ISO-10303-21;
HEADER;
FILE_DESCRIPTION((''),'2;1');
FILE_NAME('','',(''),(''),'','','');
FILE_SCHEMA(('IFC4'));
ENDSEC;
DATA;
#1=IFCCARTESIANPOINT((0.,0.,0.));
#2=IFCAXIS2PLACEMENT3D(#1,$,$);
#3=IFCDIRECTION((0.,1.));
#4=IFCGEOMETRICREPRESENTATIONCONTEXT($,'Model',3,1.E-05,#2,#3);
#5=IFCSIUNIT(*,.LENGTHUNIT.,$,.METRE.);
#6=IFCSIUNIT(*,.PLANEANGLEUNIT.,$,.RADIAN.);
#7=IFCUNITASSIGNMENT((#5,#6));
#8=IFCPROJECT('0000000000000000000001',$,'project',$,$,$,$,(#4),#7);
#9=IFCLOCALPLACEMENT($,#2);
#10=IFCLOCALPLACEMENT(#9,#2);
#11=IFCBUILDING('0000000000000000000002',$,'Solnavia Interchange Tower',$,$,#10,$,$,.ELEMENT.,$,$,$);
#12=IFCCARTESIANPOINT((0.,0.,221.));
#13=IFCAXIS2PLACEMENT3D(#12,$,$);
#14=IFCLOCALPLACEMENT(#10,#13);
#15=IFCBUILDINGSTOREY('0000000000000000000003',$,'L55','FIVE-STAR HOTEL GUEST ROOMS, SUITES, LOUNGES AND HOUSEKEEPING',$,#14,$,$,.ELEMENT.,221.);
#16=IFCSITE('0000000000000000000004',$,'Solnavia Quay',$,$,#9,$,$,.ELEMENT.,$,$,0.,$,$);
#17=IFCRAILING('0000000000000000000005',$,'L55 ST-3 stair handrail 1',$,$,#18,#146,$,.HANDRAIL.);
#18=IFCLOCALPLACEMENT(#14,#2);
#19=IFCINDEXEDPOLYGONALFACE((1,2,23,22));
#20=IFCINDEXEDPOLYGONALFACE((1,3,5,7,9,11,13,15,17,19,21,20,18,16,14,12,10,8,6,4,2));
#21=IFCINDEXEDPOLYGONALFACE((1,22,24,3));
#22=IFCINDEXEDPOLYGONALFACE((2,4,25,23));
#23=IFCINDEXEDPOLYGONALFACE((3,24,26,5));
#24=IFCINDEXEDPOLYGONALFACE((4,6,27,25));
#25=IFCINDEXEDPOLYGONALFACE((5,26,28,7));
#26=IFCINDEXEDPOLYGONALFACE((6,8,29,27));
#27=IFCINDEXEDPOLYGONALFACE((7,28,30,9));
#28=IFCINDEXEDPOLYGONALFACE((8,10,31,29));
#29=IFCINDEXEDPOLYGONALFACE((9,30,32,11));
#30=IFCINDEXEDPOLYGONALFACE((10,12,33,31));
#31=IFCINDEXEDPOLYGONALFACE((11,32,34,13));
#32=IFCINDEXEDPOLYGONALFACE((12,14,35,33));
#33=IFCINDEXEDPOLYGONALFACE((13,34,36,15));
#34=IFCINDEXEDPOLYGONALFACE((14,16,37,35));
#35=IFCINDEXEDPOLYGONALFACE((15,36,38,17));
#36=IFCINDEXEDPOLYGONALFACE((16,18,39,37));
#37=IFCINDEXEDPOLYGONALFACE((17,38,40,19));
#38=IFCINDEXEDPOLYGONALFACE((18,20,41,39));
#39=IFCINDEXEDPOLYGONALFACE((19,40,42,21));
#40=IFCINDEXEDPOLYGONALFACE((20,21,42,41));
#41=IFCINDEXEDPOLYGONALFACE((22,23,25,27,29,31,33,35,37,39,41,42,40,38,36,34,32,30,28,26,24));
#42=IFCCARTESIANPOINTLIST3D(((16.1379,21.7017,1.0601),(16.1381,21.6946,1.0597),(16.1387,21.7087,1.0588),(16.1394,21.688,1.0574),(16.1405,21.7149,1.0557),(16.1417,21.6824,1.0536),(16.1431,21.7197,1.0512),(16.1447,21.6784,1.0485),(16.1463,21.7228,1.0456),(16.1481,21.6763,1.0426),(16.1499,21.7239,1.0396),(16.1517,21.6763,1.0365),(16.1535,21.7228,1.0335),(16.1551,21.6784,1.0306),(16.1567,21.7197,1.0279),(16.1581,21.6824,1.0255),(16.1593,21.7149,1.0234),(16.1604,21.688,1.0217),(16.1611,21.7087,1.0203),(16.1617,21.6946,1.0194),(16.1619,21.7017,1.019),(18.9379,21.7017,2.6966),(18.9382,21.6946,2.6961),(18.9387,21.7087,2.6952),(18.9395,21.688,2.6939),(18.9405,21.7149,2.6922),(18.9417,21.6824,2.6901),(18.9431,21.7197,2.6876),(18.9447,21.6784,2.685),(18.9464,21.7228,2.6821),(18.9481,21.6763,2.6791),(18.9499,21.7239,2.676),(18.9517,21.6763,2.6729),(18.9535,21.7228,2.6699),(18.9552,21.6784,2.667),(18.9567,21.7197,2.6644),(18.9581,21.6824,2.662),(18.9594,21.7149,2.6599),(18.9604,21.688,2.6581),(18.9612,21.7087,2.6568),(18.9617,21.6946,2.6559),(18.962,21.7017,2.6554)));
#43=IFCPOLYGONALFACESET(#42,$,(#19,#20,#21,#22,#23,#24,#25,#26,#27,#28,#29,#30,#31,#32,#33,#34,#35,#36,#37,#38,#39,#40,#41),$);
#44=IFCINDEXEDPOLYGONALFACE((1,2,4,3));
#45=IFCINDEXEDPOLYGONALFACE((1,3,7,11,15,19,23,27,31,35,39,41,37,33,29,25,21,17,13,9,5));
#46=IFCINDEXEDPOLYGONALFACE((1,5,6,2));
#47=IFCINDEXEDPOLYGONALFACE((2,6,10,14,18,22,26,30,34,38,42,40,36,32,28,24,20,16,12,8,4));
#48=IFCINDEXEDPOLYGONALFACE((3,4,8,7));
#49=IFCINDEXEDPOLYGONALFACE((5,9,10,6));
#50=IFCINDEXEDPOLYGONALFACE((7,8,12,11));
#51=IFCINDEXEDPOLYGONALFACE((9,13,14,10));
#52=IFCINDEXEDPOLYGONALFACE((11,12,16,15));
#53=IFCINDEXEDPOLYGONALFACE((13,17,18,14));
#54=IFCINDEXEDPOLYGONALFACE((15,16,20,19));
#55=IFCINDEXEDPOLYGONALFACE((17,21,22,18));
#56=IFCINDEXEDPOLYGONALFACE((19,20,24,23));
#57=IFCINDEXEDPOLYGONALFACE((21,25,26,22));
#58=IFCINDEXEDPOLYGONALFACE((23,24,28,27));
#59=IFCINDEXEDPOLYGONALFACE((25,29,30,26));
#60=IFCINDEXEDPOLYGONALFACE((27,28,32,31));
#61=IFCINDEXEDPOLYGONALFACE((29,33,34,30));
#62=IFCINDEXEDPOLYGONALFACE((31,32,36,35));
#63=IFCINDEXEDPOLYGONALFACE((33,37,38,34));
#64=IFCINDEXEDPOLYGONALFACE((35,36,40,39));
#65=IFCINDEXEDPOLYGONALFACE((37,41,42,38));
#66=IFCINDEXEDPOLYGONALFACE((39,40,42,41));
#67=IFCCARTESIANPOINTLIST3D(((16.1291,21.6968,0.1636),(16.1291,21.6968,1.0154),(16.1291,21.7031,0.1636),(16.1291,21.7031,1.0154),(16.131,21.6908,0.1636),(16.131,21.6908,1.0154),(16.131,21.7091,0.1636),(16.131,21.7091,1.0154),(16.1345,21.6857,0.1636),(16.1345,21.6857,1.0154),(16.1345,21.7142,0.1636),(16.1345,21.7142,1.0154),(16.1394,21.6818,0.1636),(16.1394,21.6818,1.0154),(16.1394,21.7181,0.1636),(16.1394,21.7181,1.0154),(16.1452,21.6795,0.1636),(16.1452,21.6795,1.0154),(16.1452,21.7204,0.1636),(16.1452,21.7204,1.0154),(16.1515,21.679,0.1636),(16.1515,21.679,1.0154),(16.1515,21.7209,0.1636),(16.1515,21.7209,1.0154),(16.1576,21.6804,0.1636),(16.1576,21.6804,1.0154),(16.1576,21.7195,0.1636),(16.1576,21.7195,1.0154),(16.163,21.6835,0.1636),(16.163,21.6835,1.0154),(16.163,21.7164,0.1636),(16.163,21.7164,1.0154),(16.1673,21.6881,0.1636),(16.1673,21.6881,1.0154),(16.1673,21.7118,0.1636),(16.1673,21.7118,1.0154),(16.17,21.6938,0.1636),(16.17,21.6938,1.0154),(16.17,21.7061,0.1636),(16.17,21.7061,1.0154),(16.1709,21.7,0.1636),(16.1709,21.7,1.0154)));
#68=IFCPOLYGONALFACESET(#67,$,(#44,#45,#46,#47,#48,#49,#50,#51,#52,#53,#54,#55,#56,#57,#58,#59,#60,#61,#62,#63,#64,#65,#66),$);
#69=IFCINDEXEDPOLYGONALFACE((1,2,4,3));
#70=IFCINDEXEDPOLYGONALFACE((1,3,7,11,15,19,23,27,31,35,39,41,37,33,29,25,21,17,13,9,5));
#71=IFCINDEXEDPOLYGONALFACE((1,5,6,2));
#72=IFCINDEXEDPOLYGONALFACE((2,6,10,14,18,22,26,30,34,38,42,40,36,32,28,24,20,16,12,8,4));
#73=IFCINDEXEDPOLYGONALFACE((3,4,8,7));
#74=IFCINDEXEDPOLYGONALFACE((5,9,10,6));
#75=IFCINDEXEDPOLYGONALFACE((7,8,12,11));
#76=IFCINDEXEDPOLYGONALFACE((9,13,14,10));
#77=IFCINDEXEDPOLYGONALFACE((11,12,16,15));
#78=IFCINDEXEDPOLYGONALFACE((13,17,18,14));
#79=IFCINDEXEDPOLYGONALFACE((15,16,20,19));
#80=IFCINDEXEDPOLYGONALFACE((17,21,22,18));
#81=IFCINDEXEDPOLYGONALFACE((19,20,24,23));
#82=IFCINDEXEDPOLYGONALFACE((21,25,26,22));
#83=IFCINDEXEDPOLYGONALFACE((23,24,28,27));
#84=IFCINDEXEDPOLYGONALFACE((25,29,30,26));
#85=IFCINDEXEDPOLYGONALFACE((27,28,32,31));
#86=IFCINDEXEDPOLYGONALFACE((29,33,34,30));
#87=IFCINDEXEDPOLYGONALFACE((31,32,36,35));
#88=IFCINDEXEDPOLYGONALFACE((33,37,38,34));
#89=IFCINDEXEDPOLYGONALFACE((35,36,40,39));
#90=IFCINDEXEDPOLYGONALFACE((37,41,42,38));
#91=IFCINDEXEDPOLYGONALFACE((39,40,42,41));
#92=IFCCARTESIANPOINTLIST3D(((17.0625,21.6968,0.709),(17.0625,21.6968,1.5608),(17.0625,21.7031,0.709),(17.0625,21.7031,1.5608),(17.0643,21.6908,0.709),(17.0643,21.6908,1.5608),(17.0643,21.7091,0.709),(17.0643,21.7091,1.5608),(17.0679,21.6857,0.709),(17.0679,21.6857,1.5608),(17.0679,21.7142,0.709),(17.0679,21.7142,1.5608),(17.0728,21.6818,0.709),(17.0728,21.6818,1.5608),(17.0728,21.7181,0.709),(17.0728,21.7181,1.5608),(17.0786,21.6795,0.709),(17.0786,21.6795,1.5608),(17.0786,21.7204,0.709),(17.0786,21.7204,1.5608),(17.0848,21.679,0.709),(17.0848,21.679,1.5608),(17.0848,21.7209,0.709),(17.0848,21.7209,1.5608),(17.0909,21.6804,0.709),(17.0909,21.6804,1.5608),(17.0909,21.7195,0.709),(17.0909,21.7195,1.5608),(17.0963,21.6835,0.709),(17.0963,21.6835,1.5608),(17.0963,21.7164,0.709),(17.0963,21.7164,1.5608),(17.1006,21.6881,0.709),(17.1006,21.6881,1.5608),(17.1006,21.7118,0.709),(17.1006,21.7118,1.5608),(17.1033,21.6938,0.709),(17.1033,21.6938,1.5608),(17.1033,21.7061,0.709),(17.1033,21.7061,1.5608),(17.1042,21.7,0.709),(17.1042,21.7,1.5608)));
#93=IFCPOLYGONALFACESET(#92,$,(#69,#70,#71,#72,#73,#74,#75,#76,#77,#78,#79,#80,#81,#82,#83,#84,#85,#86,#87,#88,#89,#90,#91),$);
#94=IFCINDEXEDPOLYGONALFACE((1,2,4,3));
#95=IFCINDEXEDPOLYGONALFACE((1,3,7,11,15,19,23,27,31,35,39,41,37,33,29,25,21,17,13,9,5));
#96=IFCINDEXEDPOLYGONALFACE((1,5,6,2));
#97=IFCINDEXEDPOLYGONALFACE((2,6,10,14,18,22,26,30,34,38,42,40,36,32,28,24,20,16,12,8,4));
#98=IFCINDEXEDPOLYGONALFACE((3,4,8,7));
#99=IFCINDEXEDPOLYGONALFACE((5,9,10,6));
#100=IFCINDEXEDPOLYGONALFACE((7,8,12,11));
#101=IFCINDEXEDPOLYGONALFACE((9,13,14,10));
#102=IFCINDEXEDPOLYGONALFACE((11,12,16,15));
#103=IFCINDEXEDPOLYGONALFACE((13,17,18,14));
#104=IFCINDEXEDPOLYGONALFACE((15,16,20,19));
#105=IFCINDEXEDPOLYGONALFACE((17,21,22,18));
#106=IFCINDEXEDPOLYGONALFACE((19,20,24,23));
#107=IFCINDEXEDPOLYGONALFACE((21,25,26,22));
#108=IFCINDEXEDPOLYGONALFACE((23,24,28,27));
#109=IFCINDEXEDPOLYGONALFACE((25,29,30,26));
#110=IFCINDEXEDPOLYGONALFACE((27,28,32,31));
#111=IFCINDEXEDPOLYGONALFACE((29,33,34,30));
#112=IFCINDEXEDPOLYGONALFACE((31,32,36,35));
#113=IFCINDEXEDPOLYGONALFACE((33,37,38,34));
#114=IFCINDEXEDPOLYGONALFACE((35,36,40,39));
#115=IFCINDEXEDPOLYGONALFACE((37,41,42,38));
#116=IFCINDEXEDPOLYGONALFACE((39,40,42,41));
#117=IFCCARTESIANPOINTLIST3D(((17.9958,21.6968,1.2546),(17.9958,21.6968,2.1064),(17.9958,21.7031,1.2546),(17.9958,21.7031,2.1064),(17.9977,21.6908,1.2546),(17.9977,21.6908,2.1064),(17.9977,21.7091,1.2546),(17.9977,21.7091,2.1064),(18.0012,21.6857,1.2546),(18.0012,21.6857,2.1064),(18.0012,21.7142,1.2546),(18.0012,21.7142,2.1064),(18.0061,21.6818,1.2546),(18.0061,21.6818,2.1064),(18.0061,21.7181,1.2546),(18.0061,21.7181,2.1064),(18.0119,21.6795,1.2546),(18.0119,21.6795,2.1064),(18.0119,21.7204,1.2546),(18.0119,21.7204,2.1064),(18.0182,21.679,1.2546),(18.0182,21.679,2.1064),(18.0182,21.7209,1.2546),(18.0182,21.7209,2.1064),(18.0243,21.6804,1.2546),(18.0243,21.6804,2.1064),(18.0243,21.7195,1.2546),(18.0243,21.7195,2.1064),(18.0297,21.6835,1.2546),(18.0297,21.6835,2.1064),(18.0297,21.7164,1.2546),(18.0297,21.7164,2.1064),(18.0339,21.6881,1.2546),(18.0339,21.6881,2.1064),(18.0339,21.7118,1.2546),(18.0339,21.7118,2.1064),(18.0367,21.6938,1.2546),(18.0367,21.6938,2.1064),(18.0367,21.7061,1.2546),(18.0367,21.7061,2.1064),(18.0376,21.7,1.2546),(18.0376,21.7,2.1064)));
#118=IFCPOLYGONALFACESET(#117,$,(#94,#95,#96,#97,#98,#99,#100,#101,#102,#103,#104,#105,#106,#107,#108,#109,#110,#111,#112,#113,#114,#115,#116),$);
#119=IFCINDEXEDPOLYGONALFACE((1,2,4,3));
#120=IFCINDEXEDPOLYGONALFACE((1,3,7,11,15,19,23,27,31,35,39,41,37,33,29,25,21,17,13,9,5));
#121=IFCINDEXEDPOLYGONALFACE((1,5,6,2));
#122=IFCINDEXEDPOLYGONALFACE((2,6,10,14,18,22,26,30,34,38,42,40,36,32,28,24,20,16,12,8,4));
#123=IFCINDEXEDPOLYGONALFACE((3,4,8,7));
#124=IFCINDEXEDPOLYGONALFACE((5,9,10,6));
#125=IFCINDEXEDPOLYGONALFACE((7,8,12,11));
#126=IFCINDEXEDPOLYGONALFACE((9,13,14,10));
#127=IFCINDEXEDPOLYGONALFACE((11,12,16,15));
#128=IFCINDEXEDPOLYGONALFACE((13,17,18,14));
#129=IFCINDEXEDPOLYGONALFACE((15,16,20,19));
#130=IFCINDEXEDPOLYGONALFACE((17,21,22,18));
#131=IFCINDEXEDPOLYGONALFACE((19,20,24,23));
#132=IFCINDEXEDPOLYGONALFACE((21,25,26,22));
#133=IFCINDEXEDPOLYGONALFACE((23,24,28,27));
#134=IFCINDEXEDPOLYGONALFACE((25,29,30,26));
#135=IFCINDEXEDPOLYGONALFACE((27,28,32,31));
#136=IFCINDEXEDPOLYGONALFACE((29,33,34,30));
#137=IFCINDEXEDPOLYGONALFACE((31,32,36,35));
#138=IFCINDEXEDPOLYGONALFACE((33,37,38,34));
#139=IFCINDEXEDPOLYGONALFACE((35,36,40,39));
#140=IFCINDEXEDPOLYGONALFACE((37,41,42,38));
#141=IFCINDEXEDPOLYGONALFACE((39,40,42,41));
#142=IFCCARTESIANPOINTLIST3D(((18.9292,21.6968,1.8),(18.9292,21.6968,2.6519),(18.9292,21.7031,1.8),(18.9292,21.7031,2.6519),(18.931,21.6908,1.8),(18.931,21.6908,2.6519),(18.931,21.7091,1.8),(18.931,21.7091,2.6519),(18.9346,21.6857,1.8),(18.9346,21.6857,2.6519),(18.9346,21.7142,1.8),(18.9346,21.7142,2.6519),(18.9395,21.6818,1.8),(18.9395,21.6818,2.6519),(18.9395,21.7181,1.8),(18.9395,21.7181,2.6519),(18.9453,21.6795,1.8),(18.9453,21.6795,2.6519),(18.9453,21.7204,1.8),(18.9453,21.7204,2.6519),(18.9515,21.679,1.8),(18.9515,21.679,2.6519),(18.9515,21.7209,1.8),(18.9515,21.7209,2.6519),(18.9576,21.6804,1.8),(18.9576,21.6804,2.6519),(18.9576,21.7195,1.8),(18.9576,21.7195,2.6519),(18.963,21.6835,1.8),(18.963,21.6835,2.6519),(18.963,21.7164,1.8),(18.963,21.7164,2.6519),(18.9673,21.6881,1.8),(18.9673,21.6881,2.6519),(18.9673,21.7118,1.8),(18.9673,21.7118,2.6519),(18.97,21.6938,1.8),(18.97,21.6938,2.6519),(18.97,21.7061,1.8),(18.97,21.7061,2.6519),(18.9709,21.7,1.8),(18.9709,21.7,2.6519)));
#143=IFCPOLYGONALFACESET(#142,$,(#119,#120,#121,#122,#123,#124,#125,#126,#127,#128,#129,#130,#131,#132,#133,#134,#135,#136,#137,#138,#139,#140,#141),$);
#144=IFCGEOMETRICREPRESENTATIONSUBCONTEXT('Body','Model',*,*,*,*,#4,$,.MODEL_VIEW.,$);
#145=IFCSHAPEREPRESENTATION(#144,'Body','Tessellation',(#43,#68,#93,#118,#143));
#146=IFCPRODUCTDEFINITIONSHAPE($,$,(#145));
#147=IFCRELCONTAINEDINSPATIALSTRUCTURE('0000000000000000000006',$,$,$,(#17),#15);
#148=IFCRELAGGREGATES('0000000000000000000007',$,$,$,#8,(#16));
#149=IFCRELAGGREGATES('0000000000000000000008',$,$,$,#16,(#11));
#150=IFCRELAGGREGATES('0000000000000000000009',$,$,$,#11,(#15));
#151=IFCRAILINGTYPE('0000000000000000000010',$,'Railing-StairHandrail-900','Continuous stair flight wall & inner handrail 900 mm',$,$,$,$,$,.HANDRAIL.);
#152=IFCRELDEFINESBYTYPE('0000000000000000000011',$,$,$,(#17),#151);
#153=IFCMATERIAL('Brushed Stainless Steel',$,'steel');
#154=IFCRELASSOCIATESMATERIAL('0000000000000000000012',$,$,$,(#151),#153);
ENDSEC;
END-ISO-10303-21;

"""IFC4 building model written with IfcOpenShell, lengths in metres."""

from ifc_helpers import new_model, si_unit, direction, frame, origin, origin_2d, place, context, subcontext, project, spatial, circle, extrude, material, type_object, element, save


model = new_model("IFC4")

# Units and contexts
model_context = context("Model", 3, precision=1e-05, world=origin(), true_north=direction((0.0, 1.0)))
body_context = subcontext(model_context, "Body", "Model", "MODEL_VIEW")
ifc_project = project(units=[si_unit("LENGTHUNIT", "METRE"), si_unit("PLANEANGLEUNIT", "RADIAN")], contexts=[model_context])

# Site, building, storey
site_placement = place(None, origin())
site = spatial("IfcSite", under=ifc_project, at=site_placement, Name="Solnavia Quay", CompositionType="ELEMENT", RefElevation=0.0)
building_placement = place(site_placement, origin())
building = spatial("IfcBuilding", under=site, at=building_placement, Name="Solnavia Interchange Tower", CompositionType="ELEMENT")
storey_placement = place(building_placement, frame((0.0, 0.0, 221.0)))
storey = spatial("IfcBuildingStorey", under=building, at=storey_placement, Name="L55", Description="FIVE-STAR HOTEL GUEST ROOMS, SUITES, LOUNGES AND HOUSEKEEPING", CompositionType="ELEMENT", Elevation=221.0)

# Railing
ifc_material_1 = material(Name="Brushed Stainless Steel", Category="steel")
railing_type_1 = type_object("IfcRailingType", Name="Railing-StairHandrail-900", Description="Continuous stair flight wall & inner handrail 900 mm", PredefinedType="HANDRAIL", material=ifc_material_1)
railing_1_placement = place(storey_placement, frame((16.1499, 21.7, 0.1636)))
element("IfcRailing", 1, at=railing_1_placement, inside=storey, type_object=railing_type_1, Name="L55 ST-3 stair handrail 1", PredefinedType="HANDRAIL", context=body_context, shape_type="SweptSolid", body=[
    extrude(circle(Radius=0.0239, at=origin_2d()), frame((0.0, 0.0, 0.876), z_axis=(0.863361, 0.0, 0.504587), x_axis=(0.0, 1.0, 0.0)), (0.0, 0.0, 1.0), 3.2432),
    extrude(circle(Radius=0.021, at=origin_2d()), origin(), (0.0, 0.0, 1.0), 0.8518),
    extrude(circle(Radius=0.021, at=origin_2d()), frame((0.9333, 0.0, 0.5454)), (0.0, 0.0, 1.0), 0.8518),
    extrude(circle(Radius=0.021, at=origin_2d()), frame((1.8667, 0.0, 1.0911)), (0.0, 0.0, 1.0), 0.8518),
    extrude(circle(Radius=0.021, at=origin_2d()), frame((2.8, 0.0, 1.6365)), (0.0, 0.0, 1.0), 0.8518),
])

save(model, "model.ifc")
